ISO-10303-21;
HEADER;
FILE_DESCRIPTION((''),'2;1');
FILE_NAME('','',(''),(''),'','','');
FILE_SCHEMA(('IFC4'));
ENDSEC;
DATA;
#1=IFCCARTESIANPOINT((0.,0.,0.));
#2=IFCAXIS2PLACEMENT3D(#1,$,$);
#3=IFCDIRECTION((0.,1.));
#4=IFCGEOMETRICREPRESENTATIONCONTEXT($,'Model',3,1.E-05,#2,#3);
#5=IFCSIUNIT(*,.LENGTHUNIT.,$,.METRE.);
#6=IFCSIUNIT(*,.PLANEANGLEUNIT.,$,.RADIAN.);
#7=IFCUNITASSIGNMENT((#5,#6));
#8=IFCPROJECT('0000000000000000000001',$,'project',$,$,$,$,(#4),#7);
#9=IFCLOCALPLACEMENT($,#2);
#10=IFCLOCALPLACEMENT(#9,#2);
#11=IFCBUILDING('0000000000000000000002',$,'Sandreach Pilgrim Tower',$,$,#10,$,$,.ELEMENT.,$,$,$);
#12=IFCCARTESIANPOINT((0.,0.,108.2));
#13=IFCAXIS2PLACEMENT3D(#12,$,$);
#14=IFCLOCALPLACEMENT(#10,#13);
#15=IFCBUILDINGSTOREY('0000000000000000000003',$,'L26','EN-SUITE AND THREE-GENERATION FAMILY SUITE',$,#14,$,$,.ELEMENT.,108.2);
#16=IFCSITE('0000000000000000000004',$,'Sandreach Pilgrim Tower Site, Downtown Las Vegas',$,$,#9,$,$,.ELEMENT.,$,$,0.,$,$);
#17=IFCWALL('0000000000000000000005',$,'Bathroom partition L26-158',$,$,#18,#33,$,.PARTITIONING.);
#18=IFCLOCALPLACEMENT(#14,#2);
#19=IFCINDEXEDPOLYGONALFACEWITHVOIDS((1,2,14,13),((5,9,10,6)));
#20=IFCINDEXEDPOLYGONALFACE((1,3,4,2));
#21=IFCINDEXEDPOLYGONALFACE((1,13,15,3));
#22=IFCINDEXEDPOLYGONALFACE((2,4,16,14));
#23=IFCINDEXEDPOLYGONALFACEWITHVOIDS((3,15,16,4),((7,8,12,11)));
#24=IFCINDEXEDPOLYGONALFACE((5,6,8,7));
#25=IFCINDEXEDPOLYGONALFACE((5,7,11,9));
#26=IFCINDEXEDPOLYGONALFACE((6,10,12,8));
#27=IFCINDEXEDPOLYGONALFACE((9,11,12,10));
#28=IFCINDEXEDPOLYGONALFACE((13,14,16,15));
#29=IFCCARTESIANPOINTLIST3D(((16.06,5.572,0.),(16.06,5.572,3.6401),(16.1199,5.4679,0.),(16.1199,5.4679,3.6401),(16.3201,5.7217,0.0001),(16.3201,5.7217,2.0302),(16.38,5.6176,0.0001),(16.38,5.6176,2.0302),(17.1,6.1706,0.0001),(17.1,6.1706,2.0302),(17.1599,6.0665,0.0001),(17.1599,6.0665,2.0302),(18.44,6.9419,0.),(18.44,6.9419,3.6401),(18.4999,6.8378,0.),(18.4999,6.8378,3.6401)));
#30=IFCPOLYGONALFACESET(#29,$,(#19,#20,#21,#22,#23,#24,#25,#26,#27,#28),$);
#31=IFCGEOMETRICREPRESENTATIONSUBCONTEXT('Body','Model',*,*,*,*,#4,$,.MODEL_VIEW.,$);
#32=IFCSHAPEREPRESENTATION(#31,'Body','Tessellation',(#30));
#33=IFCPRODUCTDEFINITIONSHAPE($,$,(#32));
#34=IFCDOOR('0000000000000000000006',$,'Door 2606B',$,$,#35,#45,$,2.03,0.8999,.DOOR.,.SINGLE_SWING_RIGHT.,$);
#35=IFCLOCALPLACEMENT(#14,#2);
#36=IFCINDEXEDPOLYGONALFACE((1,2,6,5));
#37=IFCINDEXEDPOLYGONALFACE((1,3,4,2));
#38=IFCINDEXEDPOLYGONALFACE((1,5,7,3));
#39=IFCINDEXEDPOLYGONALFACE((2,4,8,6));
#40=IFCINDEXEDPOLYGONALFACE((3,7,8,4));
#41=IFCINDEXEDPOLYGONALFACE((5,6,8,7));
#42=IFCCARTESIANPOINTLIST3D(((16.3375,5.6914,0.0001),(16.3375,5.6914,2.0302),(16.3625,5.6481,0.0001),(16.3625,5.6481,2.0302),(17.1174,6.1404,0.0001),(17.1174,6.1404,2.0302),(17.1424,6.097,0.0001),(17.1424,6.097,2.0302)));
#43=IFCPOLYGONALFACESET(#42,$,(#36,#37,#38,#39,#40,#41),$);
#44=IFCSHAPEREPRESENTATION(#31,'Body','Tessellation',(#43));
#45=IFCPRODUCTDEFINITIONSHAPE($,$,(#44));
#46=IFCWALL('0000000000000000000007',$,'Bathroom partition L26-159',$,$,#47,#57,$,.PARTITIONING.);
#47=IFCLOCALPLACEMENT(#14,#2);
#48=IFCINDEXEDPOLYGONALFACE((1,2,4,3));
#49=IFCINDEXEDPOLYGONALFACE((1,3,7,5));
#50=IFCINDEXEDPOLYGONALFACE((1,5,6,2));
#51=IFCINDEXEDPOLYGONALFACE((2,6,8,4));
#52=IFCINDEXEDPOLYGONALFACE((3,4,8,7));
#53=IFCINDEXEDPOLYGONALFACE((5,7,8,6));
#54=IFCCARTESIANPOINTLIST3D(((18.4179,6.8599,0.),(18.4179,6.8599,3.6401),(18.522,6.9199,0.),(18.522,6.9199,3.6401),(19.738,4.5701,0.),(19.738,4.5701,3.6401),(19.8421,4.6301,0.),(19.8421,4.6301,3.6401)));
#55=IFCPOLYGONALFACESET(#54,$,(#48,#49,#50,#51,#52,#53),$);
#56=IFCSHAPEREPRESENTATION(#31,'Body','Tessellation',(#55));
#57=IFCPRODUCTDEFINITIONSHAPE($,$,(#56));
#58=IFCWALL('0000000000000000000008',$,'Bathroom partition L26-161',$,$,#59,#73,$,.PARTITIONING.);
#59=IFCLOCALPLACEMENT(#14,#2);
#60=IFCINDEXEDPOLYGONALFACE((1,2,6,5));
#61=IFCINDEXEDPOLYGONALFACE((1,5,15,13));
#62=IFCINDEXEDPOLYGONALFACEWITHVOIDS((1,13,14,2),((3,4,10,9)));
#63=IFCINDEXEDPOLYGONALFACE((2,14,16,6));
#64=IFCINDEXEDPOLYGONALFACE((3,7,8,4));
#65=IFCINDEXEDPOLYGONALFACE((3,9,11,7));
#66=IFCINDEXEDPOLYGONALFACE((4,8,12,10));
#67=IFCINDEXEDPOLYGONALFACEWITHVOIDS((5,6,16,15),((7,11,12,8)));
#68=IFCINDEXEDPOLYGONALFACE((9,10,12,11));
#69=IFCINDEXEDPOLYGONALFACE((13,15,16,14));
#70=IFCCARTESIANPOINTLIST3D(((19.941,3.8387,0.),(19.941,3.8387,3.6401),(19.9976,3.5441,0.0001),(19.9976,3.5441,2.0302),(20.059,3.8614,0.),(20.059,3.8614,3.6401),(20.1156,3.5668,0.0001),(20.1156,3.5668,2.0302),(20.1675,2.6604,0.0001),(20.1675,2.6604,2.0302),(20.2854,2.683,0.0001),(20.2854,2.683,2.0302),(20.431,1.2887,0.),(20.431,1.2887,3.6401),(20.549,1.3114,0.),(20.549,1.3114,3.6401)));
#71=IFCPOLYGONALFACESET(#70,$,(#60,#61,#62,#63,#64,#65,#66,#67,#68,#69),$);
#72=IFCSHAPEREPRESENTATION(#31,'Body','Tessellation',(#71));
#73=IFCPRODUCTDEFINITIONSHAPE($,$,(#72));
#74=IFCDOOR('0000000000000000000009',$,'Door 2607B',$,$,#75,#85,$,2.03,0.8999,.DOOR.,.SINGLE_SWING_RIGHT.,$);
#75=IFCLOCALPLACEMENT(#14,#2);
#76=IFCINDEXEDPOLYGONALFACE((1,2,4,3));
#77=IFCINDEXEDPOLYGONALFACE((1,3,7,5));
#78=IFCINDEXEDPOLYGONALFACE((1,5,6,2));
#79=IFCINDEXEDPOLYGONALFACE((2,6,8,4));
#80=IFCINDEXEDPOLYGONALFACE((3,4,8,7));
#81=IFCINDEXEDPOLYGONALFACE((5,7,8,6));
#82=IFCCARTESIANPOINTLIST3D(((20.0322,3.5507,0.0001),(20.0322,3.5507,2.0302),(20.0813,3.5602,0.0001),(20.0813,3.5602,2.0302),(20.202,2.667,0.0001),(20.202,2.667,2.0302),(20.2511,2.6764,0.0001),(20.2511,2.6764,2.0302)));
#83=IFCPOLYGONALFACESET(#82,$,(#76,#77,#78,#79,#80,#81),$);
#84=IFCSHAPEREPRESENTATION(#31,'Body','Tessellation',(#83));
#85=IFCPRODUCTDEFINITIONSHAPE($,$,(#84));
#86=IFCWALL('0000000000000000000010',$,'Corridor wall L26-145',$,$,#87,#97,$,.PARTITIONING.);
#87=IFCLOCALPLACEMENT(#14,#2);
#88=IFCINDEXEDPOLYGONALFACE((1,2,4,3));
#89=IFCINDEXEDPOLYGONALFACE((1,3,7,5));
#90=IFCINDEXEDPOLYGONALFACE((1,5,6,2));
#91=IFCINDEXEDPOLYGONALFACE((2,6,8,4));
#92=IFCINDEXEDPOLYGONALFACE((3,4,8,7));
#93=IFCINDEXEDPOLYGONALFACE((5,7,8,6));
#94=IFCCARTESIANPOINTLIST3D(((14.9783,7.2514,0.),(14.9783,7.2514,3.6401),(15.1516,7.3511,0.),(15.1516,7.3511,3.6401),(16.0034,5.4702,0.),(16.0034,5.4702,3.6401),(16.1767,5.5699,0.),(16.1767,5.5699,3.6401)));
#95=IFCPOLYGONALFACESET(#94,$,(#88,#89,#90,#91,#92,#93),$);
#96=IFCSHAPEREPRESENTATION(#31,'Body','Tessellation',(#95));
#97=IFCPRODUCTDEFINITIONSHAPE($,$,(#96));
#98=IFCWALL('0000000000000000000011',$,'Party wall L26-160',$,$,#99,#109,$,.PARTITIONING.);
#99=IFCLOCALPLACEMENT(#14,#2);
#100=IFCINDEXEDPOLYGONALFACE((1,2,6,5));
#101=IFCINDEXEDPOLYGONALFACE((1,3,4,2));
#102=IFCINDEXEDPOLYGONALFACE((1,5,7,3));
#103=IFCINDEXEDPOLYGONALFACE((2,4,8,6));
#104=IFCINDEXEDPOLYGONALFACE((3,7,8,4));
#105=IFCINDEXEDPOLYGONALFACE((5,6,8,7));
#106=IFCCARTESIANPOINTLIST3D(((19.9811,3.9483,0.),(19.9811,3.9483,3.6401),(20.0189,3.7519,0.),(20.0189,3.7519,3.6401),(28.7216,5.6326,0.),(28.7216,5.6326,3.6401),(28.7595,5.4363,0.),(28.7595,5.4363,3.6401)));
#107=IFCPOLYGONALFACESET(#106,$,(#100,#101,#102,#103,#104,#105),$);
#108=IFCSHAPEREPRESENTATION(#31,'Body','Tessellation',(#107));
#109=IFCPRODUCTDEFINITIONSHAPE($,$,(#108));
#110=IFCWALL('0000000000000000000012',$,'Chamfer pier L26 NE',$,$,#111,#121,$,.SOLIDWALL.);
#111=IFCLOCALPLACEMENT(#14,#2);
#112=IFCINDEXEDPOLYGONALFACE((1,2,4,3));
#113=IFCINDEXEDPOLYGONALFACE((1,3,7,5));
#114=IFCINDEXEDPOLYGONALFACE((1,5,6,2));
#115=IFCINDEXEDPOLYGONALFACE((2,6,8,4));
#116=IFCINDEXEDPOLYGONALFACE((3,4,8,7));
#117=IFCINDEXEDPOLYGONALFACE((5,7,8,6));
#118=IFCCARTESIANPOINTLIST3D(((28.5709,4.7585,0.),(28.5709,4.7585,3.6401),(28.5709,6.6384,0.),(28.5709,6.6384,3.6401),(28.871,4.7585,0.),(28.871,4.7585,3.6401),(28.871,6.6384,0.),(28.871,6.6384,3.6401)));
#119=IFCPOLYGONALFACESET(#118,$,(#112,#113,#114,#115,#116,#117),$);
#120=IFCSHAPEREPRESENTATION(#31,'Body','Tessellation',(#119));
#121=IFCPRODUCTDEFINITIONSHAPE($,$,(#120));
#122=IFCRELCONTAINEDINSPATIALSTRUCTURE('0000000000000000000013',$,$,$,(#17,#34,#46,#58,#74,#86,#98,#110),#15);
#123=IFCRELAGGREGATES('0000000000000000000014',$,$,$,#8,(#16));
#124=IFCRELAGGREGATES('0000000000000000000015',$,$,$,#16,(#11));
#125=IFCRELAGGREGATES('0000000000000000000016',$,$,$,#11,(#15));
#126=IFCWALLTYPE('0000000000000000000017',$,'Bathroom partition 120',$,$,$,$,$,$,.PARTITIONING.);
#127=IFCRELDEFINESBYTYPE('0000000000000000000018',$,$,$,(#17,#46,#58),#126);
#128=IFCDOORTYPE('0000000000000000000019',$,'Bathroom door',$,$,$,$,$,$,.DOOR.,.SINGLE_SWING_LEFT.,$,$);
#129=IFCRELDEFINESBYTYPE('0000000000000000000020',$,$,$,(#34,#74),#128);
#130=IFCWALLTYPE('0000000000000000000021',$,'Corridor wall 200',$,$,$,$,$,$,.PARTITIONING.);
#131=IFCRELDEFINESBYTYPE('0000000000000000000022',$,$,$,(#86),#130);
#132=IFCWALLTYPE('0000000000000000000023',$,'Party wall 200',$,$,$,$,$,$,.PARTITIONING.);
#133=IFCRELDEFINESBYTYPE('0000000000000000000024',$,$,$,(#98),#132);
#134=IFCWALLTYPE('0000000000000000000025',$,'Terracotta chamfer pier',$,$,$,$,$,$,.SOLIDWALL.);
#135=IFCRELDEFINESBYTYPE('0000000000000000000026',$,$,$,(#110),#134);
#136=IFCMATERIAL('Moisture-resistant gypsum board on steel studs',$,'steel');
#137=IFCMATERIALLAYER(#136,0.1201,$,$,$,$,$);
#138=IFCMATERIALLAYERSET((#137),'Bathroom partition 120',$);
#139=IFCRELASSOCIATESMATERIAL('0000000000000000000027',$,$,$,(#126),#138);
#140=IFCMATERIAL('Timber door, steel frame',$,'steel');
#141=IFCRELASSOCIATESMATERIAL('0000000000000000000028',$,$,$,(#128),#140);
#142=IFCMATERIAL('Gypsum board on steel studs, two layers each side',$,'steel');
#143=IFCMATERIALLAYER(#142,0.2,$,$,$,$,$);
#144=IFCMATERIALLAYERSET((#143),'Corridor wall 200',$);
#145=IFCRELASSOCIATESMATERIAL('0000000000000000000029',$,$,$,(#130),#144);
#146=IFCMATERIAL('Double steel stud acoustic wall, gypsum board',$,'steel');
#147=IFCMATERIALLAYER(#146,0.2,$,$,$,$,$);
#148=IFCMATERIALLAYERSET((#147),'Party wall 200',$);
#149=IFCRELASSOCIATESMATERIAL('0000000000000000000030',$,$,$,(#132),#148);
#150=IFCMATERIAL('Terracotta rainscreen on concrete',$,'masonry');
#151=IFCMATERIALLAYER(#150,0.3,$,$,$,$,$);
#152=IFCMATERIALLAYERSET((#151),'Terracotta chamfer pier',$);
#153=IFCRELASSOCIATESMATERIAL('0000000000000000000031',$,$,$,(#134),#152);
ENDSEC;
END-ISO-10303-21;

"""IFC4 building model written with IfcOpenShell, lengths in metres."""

from ifc_helpers import new_model, si_unit, direction, frame, frame_2d, origin, place, context, subcontext, project, spatial, rectangle, extrude, material, layer, layer_set, type_object, element, fill, save


model = new_model("IFC4")

# Units and contexts
model_context = context("Model", 3, precision=1e-05, world=origin(), true_north=direction((0.0, 1.0)))
body_context = subcontext(model_context, "Body", "Model", "MODEL_VIEW")
ifc_project = project(units=[si_unit("LENGTHUNIT", "METRE"), si_unit("PLANEANGLEUNIT", "RADIAN")], contexts=[model_context])

# Site, building, storey
site_placement = place(None, origin())
site = spatial("IfcSite", under=ifc_project, at=site_placement, Name="Sandreach Pilgrim Tower Site, Downtown Las Vegas", CompositionType="ELEMENT", RefElevation=0.0)
building_placement = place(site_placement, origin())
building = spatial("IfcBuilding", under=site, at=building_placement, Name="Sandreach Pilgrim Tower", CompositionType="ELEMENT")
storey_placement = place(building_placement, frame((0.0, 0.0, 108.2)))
storey = spatial("IfcBuildingStorey", under=building, at=storey_placement, Name="L26", Description="EN-SUITE AND THREE-GENERATION FAMILY SUITE", CompositionType="ELEMENT", Elevation=108.2)

# Shared definitions
ifc_material_1 = material(Name="Moisture-resistant gypsum board on steel studs", Category="steel")
ifc_layer_1 = layer(ifc_material_1, 0.1201)
ifc_layer_set_1 = layer_set([ifc_layer_1], Name="Bathroom partition 120")
wall_type_1 = type_object("IfcWallType", Name="Bathroom partition 120", PredefinedType="PARTITIONING", material=ifc_layer_set_1)

# Wall, opening, door
wall_1_placement = place(storey_placement, frame((18.47, 6.8899, 0.0), z_axis=(0.0, 0.0, 1.0), x_axis=(-0.86668, -0.498865, 0.0)))
wall_1 = element("IfcWall", 1, at=wall_1_placement, inside=storey, type_object=wall_type_1, Name="Bathroom partition L26-158", PredefinedType="PARTITIONING", context=body_context, shape_type="SweptSolid", body=[
    extrude(rectangle(XDim=2.7461, YDim=0.1201, at=frame_2d((1.373, 0.0))), origin(), (0.0, 0.0, 1.0), 3.6401),
])
opening_1_placement = place(wall_1_placement, frame((1.5461, 0.0, 0.0)))
opening_1 = element("IfcOpeningElement", 2, at=opening_1_placement, cuts=wall_1, PredefinedType="OPENING", context=body_context, shape_type="SweptSolid", body=[
    extrude(rectangle(XDim=0.8999, YDim=2.03, at=frame_2d((0.45, 1.0151))), frame((0.0, 0.0601, 0.0), z_axis=(0.0, -1.0, 0.0), x_axis=(1.0, 0.0, 0.0)), (0.0, 0.0, 1.0), 0.1201),
])
ifc_material_2 = material(Name="Timber door, steel frame", Category="steel")
door_type_1 = type_object("IfcDoorType", Name="Bathroom door", OperationType="SINGLE_SWING_LEFT", PredefinedType="DOOR", material=ifc_material_2)
door_1_placement = place(opening_1_placement, origin())
door_1 = element("IfcDoor", 3, at=door_1_placement, inside=storey, type_object=door_type_1, Name="Door 2606B", OperationType="SINGLE_SWING_RIGHT", OverallHeight=2.03, OverallWidth=0.8999, PredefinedType="DOOR", context=body_context, shape_type="SweptSolid", body=[
    extrude(rectangle(XDim=0.8999, YDim=2.03, at=frame_2d((0.45, 1.0151))), frame((0.0, 0.0249, 0.0), z_axis=(0.0, -1.0, 0.0), x_axis=(1.0, 0.0, 0.0)), (0.0, 0.0, 1.0), 0.05),
])
fill(opening_1, door_1)

# Wall
wall_2_placement = place(storey_placement, frame((19.79, 4.6001, 0.0), z_axis=(0.0, 0.0, 1.0), x_axis=(-0.499448, 0.866344, 0.0)))
element("IfcWall", 4, at=wall_2_placement, inside=storey, type_object=wall_type_1, Name="Bathroom partition L26-159", PredefinedType="PARTITIONING", context=body_context, shape_type="SweptSolid", body=[
    extrude(rectangle(XDim=2.6431, YDim=0.1201, at=frame_2d((1.3215, 0.0))), origin(), (0.0, 0.0, 1.0), 3.6401),
])

# Wall, opening, door
wall_3_placement = place(storey_placement, frame((20.49, 1.3, 0.0), z_axis=(0.0, 0.0, 1.0), x_axis=(-0.188697, 0.982035, 0.0)))
wall_3 = element("IfcWall", 5, at=wall_3_placement, inside=storey, type_object=wall_type_1, Name="Bathroom partition L26-161", PredefinedType="PARTITIONING", context=body_context, shape_type="SweptSolid", body=[
    extrude(rectangle(XDim=2.5967, YDim=0.1201, at=frame_2d((1.2983, 0.0))), origin(), (0.0, 0.0, 1.0), 3.6401),
])
opening_2_placement = place(wall_3_placement, frame((1.3967, 0.0, 0.0)))
opening_2 = element("IfcOpeningElement", 6, at=opening_2_placement, cuts=wall_3, PredefinedType="OPENING", context=body_context, shape_type="SweptSolid", body=[
    extrude(rectangle(XDim=0.8999, YDim=2.03, at=frame_2d((0.45, 1.0151))), frame((0.0, 0.0601, 0.0), z_axis=(0.0, -1.0, 0.0), x_axis=(1.0, 0.0, 0.0)), (0.0, 0.0, 1.0), 0.1201),
])
door_2_placement = place(opening_2_placement, origin())
door_2 = element("IfcDoor", 7, at=door_2_placement, inside=storey, type_object=door_type_1, Name="Door 2607B", OperationType="SINGLE_SWING_RIGHT", OverallHeight=2.03, OverallWidth=0.8999, PredefinedType="DOOR", context=body_context, shape_type="SweptSolid", body=[
    extrude(rectangle(XDim=0.8999, YDim=2.03, at=frame_2d((0.45, 1.0151))), frame((0.0, 0.0249, 0.0), z_axis=(0.0, -1.0, 0.0), x_axis=(1.0, 0.0, 0.0)), (0.0, 0.0, 1.0), 0.05),
])
fill(opening_2, door_2)

# Wall
ifc_material_3 = material(Name="Gypsum board on steel studs, two layers each side", Category="steel")
ifc_layer_2 = layer(ifc_material_3, 0.2)
ifc_layer_set_2 = layer_set([ifc_layer_2], Name="Corridor wall 200")
wall_type_2 = type_object("IfcWallType", Name="Corridor wall 200", PredefinedType="PARTITIONING", material=ifc_layer_set_2)
wall_4_placement = place(storey_placement, frame((15.0649, 7.3013, 0.0), z_axis=(0.0, 0.0, 1.0), x_axis=(0.49881, -0.866711, 0.0)))
element("IfcWall", 8, at=wall_4_placement, inside=storey, type_object=wall_type_2, Name="Corridor wall L26-145", PredefinedType="PARTITIONING", context=body_context, shape_type="SweptSolid", body=[
    extrude(rectangle(XDim=2.0552, YDim=0.2, at=frame_2d((1.0276, 0.0))), origin(), (0.0, 0.0, 1.0), 3.6401),
])

# Walls
ifc_material_4 = material(Name="Double steel stud acoustic wall, gypsum board", Category="steel")
ifc_layer_3 = layer(ifc_material_4, 0.2)
ifc_layer_set_3 = layer_set([ifc_layer_3], Name="Party wall 200")
wall_type_3 = type_object("IfcWallType", Name="Party wall 200", PredefinedType="PARTITIONING", material=ifc_layer_set_3)
wall_5_placement = place(storey_placement, frame((20.0, 3.8501, 0.0), z_axis=(0.0, 0.0, 1.0), x_axis=(0.981934, 0.189223, 0.0)))
element("IfcWall", 9, at=wall_5_placement, inside=storey, type_object=wall_type_3, Name="Party wall L26-160", PredefinedType="PARTITIONING", context=body_context, shape_type="SweptSolid", body=[
    extrude(rectangle(XDim=8.9014, YDim=0.2, at=frame_2d((4.4507, 0.0))), origin(), (0.0, 0.0, 1.0), 3.6401),
])
ifc_material_5 = material(Name="Terracotta rainscreen on concrete", Category="masonry")
ifc_layer_4 = layer(ifc_material_5, 0.3)
ifc_layer_set_4 = layer_set([ifc_layer_4], Name="Terracotta chamfer pier")
wall_type_4 = type_object("IfcWallType", Name="Terracotta chamfer pier", PredefinedType="SOLIDWALL", material=ifc_layer_set_4)
wall_6_placement = place(storey_placement, frame((28.7209, 6.6384, 0.0), z_axis=(0.0, 0.0, 1.0), x_axis=(0.0, -1.0, 0.0)))
element("IfcWall", 10, at=wall_6_placement, inside=storey, type_object=wall_type_4, Name="Chamfer pier L26 NE", PredefinedType="SOLIDWALL", context=body_context, shape_type="SweptSolid", body=[
    extrude(rectangle(XDim=1.8799, YDim=0.3, at=frame_2d((0.9399, 0.0))), origin(), (0.0, 0.0, 1.0), 3.6401),
])

save(model, "model.ifc")
